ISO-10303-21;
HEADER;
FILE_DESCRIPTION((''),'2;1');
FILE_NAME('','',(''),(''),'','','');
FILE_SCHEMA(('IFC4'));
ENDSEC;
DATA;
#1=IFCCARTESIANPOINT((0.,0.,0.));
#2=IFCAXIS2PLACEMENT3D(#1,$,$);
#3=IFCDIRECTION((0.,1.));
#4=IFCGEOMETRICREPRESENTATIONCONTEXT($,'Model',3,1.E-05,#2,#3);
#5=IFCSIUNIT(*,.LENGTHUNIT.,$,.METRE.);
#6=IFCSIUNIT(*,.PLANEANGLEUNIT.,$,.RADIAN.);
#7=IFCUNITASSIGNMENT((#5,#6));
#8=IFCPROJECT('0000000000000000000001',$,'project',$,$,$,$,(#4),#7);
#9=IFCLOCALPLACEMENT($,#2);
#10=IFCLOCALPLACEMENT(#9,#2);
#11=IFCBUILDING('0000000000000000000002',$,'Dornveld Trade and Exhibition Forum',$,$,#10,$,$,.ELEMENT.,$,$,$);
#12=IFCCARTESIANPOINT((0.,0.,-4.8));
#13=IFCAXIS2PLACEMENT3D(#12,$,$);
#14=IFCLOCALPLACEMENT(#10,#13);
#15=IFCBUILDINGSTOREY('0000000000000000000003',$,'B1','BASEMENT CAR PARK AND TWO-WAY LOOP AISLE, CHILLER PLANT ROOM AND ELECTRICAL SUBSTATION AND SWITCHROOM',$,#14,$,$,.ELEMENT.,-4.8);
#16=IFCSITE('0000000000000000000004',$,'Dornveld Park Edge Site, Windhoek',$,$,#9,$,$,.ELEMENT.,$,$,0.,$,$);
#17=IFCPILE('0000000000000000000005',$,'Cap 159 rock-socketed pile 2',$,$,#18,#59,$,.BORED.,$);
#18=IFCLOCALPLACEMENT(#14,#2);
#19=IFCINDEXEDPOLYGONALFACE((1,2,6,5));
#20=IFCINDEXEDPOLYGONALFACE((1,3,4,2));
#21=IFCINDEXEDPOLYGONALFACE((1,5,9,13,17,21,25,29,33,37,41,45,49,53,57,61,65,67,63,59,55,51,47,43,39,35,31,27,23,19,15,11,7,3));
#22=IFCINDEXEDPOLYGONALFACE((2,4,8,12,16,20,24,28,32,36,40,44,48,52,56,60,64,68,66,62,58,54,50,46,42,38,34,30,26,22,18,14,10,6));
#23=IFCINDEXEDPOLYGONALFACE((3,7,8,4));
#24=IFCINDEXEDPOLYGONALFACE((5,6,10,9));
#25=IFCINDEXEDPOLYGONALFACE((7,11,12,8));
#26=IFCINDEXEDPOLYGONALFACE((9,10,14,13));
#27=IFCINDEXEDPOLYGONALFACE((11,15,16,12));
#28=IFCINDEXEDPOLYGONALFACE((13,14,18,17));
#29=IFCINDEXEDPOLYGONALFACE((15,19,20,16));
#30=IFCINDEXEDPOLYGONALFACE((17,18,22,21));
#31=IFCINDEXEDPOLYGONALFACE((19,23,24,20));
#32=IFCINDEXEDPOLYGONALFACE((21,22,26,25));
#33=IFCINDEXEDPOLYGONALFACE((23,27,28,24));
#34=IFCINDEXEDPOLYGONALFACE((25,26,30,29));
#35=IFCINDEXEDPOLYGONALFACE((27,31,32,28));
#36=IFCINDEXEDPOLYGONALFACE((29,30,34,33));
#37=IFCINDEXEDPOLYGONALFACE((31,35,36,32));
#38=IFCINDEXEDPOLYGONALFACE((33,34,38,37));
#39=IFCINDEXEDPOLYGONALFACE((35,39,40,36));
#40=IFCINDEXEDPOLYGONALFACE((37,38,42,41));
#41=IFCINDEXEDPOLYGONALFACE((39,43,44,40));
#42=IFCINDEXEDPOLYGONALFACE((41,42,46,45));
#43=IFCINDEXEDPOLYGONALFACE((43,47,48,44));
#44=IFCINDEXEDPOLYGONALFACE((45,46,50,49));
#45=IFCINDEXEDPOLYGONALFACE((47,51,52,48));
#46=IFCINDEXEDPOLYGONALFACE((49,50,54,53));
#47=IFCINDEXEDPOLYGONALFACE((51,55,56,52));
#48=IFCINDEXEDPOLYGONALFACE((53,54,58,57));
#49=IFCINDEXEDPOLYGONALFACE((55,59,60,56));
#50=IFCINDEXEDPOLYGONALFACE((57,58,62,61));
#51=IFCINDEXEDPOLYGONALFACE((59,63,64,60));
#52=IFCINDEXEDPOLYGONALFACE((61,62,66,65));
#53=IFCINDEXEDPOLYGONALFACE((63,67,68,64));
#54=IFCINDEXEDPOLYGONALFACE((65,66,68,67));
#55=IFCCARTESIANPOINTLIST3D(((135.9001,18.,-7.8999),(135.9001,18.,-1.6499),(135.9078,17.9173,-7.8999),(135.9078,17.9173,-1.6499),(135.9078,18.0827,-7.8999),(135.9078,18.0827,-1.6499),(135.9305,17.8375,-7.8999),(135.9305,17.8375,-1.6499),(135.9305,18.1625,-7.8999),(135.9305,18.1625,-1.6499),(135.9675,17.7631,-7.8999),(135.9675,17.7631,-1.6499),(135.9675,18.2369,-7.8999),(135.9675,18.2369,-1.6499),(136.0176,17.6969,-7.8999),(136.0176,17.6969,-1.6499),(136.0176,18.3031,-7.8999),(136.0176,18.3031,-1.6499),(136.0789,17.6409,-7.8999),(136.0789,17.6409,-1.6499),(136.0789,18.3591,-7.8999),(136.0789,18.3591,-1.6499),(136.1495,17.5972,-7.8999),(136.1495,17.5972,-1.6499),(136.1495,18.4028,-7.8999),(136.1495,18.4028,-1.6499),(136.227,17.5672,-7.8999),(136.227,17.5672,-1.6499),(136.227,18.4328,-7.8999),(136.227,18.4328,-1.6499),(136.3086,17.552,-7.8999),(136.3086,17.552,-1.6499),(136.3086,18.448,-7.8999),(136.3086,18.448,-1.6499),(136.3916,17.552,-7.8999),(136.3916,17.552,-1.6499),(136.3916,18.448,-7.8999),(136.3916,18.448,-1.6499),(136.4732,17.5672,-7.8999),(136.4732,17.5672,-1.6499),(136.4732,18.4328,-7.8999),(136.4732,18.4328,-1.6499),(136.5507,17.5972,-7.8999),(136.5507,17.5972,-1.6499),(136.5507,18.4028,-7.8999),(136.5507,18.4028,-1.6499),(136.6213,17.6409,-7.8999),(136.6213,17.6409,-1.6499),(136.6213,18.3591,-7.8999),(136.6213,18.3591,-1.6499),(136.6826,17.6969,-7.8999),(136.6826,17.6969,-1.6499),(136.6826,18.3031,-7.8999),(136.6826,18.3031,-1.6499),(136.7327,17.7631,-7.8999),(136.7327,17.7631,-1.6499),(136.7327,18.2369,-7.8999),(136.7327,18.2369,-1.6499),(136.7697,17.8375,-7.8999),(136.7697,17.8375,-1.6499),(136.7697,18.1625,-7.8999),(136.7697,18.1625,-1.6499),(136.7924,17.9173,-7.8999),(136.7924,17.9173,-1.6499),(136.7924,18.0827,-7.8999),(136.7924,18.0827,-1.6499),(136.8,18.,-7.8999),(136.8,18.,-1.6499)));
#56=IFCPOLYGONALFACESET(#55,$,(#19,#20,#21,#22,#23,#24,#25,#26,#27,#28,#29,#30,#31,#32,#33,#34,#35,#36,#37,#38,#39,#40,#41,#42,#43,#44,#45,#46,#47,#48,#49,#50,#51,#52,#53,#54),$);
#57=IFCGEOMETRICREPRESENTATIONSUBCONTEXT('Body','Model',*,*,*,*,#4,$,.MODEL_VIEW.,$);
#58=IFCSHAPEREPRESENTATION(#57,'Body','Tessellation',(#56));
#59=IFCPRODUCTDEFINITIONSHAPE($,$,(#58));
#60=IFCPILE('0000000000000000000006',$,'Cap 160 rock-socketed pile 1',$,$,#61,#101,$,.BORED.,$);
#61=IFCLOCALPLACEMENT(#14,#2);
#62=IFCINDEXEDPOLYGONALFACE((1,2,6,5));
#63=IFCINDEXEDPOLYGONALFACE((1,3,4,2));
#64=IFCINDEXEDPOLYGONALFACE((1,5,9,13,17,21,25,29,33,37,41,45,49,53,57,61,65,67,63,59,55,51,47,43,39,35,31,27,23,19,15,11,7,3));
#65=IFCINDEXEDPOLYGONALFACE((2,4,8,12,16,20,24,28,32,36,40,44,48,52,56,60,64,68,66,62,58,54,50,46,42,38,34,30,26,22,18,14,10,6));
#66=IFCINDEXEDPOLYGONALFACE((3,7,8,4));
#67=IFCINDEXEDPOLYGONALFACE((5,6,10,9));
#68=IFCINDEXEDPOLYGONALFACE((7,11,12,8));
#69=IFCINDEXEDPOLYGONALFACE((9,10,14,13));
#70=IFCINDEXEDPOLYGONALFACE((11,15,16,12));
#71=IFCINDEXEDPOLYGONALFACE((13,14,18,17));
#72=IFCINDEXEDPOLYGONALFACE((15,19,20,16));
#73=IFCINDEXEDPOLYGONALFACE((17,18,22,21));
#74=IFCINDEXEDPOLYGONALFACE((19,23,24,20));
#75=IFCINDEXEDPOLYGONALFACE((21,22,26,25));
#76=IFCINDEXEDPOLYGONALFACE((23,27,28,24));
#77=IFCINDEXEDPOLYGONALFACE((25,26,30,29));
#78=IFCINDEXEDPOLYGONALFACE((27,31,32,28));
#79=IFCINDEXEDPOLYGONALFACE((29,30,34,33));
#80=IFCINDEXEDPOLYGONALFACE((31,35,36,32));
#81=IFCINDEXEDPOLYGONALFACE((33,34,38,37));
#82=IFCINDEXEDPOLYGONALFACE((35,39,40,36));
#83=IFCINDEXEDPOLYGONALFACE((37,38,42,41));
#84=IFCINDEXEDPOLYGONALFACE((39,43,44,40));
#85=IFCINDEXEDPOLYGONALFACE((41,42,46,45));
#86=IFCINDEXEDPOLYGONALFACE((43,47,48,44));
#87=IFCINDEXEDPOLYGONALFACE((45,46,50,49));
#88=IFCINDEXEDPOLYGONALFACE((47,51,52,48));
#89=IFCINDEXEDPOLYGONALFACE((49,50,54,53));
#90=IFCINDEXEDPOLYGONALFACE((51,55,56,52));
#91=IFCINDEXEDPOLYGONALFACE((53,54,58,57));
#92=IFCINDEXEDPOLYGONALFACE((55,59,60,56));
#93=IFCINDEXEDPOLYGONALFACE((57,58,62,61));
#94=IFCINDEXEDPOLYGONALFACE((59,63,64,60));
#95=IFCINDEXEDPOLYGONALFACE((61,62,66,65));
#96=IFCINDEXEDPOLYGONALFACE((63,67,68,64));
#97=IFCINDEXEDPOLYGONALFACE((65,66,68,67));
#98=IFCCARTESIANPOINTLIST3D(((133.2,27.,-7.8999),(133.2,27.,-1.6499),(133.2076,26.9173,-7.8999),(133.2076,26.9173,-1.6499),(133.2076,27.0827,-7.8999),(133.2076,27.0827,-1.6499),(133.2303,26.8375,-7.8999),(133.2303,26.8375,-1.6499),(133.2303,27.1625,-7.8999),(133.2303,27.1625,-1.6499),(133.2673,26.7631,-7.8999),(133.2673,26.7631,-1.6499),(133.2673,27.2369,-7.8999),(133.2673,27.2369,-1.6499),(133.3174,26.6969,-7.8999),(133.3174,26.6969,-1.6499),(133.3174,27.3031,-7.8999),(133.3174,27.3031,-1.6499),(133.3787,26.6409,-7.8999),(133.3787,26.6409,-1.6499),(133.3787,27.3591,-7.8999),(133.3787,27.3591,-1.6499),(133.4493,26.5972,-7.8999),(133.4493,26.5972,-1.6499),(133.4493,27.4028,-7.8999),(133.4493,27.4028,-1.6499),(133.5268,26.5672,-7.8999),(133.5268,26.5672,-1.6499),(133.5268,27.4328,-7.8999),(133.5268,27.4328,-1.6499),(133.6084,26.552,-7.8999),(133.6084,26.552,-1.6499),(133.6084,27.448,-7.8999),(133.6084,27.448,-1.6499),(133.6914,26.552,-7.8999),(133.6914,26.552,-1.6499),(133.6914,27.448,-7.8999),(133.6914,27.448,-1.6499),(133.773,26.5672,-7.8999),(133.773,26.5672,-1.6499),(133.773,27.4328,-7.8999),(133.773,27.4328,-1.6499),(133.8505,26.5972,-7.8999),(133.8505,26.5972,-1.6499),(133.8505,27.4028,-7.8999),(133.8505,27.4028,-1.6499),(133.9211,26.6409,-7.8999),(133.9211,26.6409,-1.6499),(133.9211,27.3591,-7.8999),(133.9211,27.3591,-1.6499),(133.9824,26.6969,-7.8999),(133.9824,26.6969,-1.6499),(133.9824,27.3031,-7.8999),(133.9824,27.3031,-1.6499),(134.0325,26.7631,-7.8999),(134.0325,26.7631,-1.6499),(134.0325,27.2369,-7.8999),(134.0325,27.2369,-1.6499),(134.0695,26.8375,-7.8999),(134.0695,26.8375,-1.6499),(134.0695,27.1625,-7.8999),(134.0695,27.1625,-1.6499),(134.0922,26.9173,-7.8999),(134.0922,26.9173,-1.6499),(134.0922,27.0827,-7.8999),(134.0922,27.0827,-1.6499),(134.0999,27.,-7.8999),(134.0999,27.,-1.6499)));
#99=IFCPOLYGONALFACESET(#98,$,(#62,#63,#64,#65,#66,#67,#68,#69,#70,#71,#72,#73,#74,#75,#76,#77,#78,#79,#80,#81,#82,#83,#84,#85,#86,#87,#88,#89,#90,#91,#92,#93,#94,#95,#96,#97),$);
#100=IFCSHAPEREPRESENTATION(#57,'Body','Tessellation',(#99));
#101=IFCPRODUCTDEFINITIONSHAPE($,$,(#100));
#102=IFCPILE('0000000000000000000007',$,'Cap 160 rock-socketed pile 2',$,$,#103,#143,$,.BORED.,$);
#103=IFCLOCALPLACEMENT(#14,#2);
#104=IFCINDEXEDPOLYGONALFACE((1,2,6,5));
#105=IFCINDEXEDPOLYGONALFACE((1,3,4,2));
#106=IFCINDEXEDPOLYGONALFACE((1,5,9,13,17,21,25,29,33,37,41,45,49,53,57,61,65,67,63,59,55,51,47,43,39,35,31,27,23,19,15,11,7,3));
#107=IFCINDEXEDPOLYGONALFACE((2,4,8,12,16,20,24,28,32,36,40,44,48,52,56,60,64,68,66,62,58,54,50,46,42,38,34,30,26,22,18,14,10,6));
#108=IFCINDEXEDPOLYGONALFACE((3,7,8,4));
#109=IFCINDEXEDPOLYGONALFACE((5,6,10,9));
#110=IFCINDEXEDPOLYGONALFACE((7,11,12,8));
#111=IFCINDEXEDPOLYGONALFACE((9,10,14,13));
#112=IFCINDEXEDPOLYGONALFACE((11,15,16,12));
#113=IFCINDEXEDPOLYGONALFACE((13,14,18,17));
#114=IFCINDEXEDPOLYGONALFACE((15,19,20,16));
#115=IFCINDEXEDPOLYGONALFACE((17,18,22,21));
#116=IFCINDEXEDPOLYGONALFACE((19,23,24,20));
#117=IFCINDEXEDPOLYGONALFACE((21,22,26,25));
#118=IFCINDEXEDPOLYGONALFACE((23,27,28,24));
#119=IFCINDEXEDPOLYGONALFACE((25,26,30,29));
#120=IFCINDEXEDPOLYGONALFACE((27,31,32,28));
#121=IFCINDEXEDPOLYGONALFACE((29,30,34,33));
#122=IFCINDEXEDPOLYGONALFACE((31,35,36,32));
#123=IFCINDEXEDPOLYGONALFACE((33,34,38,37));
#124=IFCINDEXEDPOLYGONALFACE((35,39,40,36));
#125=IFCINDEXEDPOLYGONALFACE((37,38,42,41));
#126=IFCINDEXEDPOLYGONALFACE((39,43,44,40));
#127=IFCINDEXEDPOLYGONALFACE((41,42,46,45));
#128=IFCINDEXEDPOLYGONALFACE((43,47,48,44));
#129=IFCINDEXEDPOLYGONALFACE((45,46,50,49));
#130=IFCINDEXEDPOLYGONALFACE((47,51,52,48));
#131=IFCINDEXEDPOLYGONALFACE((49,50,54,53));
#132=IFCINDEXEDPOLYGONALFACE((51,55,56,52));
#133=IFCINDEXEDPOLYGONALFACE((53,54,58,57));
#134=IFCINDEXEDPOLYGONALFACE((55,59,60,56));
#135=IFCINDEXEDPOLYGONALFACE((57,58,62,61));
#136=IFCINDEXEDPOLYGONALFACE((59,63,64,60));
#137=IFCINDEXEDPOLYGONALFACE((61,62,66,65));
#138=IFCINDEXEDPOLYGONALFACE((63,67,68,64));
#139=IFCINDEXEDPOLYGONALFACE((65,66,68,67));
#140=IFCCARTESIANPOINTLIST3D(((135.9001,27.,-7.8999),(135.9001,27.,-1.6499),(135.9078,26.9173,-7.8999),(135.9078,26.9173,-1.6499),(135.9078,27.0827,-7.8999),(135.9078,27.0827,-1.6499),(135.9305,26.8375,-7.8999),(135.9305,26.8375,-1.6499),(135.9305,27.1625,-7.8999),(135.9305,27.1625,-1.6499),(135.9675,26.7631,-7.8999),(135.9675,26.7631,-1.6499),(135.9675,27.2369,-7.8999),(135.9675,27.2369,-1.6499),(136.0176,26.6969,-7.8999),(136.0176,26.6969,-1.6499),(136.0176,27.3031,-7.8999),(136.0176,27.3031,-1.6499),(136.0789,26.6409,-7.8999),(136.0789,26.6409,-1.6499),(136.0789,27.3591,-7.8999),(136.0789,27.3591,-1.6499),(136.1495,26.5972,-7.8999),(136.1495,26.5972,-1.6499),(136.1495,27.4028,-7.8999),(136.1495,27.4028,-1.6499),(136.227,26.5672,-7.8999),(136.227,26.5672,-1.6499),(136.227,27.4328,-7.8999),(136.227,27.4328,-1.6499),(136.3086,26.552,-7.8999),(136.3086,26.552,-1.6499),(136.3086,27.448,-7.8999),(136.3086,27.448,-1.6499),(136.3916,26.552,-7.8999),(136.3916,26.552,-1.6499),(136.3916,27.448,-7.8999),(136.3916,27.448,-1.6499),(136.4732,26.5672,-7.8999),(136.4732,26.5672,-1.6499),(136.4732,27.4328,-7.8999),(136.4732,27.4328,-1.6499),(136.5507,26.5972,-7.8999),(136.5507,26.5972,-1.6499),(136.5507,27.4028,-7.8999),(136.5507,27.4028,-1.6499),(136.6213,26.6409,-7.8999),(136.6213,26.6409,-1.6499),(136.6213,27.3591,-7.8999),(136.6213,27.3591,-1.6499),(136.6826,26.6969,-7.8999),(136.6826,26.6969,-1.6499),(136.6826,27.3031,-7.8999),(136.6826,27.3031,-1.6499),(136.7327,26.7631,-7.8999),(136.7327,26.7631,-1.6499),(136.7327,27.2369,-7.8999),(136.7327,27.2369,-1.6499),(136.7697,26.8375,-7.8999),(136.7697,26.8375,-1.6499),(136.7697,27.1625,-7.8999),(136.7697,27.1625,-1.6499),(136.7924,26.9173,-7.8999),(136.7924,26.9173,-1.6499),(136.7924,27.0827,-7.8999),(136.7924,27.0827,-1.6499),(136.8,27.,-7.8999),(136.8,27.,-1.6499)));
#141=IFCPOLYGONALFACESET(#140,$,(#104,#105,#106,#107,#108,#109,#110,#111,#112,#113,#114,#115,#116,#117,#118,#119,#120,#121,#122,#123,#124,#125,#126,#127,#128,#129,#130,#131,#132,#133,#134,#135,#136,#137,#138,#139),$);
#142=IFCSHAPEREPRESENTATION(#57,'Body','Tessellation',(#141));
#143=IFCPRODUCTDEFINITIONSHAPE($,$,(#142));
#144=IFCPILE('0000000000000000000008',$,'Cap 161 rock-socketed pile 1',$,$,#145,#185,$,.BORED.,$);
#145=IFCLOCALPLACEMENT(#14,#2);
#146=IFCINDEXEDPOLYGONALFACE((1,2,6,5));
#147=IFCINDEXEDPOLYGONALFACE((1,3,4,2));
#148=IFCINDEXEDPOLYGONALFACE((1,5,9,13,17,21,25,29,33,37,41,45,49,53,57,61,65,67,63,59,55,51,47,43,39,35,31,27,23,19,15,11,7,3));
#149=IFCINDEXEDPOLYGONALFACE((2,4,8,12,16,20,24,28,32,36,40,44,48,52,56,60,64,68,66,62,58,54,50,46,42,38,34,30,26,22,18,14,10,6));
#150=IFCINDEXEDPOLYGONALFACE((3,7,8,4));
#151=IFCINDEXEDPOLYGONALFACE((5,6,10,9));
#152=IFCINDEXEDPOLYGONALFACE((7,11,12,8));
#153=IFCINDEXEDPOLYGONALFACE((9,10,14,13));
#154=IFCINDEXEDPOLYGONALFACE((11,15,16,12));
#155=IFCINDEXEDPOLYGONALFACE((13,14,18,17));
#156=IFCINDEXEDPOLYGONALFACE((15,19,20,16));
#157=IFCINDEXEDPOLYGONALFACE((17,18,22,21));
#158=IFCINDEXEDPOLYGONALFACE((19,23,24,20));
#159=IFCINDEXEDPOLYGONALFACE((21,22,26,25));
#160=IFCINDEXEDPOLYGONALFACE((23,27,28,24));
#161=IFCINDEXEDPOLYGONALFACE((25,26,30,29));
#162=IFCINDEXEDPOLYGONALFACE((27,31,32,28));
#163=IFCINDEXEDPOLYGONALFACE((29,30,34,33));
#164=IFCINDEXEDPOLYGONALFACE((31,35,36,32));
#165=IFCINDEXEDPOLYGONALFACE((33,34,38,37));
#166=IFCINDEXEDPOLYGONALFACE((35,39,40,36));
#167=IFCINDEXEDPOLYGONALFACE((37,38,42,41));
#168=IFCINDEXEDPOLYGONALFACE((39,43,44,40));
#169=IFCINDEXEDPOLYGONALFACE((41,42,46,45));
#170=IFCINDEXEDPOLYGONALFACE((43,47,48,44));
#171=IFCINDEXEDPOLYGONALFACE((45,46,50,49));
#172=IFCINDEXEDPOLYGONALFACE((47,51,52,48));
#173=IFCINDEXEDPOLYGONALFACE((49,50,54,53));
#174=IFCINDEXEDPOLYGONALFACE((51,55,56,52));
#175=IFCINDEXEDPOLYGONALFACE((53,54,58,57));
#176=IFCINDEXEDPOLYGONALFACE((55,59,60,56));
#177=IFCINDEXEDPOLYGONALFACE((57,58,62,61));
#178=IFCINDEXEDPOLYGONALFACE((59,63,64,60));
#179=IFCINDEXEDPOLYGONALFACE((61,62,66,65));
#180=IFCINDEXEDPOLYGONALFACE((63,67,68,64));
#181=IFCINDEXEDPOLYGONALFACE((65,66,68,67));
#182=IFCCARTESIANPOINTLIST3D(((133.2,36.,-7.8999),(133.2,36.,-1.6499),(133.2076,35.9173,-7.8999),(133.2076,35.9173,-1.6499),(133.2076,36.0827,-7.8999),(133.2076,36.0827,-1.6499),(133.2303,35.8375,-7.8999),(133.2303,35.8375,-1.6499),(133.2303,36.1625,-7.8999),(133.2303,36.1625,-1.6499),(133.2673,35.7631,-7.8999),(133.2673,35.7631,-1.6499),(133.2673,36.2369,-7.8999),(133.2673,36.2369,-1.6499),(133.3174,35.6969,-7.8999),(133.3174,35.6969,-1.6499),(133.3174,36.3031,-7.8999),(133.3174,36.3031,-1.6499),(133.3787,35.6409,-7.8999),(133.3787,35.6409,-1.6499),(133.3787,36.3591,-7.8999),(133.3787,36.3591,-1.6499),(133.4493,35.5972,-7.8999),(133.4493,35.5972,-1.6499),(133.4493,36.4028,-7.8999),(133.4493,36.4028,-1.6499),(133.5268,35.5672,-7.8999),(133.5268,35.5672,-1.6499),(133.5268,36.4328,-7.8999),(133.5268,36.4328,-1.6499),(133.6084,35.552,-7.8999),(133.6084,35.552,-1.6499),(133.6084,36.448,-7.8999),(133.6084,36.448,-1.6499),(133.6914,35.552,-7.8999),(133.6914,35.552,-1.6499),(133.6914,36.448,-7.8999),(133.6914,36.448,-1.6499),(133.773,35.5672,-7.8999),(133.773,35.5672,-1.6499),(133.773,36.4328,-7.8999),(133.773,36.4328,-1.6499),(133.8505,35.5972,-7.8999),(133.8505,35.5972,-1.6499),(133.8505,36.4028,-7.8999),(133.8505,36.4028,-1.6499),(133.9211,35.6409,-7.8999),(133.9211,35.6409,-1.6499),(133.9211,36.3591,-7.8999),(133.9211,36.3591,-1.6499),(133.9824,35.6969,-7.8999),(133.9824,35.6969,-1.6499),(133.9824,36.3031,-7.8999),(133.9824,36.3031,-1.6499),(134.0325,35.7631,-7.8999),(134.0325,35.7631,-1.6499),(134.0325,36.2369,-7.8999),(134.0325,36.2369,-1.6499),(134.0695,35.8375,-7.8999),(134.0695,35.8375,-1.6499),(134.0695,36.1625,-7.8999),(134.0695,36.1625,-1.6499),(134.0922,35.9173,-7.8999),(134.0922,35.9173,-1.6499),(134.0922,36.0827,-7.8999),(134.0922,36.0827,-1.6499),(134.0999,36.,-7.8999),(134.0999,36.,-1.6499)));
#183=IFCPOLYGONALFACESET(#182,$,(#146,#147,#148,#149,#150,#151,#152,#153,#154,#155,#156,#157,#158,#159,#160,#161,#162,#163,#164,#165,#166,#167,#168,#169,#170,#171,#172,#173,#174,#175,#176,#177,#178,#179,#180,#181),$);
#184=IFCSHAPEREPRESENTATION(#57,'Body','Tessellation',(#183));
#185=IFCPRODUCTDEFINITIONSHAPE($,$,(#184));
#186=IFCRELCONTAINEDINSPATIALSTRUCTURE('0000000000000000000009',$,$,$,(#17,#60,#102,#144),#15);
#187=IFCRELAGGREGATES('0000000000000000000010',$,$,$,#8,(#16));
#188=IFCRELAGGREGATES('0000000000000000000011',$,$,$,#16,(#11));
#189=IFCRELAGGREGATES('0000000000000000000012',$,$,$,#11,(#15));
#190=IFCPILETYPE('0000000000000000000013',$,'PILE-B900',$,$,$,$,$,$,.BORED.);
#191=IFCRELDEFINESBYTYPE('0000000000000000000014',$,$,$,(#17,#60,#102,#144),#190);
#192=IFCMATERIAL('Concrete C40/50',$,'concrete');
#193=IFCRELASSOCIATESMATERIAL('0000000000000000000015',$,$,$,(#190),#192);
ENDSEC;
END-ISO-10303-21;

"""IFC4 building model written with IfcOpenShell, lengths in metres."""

from ifc_helpers import new_model, si_unit, direction, frame, origin, origin_2d, place, context, subcontext, project, spatial, circle, extrude, material, material_profile, profile_set, type_object, element, save


model = new_model("IFC4")

# Units and contexts
model_context = context("Model", 3, precision=1e-05, world=origin(), true_north=direction((0.0, 1.0)))
body_context = subcontext(model_context, "Body", "Model", "MODEL_VIEW")
ifc_project = project(units=[si_unit("LENGTHUNIT", "METRE"), si_unit("PLANEANGLEUNIT", "RADIAN")], contexts=[model_context])

# Site, building, storey
site_placement = place(None, origin())
site = spatial("IfcSite", under=ifc_project, at=site_placement, Name="Dornveld Park Edge Site, Windhoek", CompositionType="ELEMENT", RefElevation=0.0)
building_placement = place(site_placement, origin())
building = spatial("IfcBuilding", under=site, at=building_placement, Name="Dornveld Trade and Exhibition Forum", CompositionType="ELEMENT")
storey_placement = place(building_placement, frame((0.0, 0.0, -4.8)))
storey = spatial("IfcBuildingStorey", under=building, at=storey_placement, Name="B1", Description="BASEMENT CAR PARK AND TWO-WAY LOOP AISLE, CHILLER PLANT ROOM AND ELECTRICAL SUBSTATION AND SWITCHROOM", CompositionType="ELEMENT", Elevation=-4.8)

# Piles
ifc_material_1 = material(Name="Concrete C40/50", Category="concrete")
ifc_material_profile_1 = material_profile(ifc_material_1, circle(Radius=0.45, at=origin_2d()), Name="PILE D900")
ifc_profile_set_1 = profile_set([ifc_material_profile_1], Name="Concrete C40/50")
pile_type = type_object("IfcPileType", Name="PILE-B900", PredefinedType="BORED", material=ifc_profile_set_1)
for number, where, z_axis, x_axis, name in (
    (1, (136.3501, 18.0, -1.6499), (0.0, 0.0, -1.0), (1.0, 0.0, 0.0), "Cap 159 rock-socketed pile 2"),
    (2, (133.6499, 27.0, -1.6499), (0.0, 0.0, -1.0), (1.0, 0.0, 0.0), "Cap 160 rock-socketed pile 1"),
    (3, (136.3501, 27.0, -1.6499), (0.0, 0.0, -1.0), (1.0, 0.0, 0.0), "Cap 160 rock-socketed pile 2"),
    (4, (133.6499, 36.0, -1.6499), (0.0, 0.0, -1.0), (1.0, 0.0, 0.0), "Cap 161 rock-socketed pile 1"),
):
    element("IfcPile", number, at=place(storey_placement, frame(where, z_axis=z_axis, x_axis=x_axis)), inside=storey, type_object=pile_type, Name=name, PredefinedType="BORED", context=body_context, shape_type="SweptSolid", body=[
        extrude(circle(Radius=0.45, at=origin_2d()), origin(), (0.0, 0.0, 1.0), 6.25),
    ])

save(model, "model.ifc")
